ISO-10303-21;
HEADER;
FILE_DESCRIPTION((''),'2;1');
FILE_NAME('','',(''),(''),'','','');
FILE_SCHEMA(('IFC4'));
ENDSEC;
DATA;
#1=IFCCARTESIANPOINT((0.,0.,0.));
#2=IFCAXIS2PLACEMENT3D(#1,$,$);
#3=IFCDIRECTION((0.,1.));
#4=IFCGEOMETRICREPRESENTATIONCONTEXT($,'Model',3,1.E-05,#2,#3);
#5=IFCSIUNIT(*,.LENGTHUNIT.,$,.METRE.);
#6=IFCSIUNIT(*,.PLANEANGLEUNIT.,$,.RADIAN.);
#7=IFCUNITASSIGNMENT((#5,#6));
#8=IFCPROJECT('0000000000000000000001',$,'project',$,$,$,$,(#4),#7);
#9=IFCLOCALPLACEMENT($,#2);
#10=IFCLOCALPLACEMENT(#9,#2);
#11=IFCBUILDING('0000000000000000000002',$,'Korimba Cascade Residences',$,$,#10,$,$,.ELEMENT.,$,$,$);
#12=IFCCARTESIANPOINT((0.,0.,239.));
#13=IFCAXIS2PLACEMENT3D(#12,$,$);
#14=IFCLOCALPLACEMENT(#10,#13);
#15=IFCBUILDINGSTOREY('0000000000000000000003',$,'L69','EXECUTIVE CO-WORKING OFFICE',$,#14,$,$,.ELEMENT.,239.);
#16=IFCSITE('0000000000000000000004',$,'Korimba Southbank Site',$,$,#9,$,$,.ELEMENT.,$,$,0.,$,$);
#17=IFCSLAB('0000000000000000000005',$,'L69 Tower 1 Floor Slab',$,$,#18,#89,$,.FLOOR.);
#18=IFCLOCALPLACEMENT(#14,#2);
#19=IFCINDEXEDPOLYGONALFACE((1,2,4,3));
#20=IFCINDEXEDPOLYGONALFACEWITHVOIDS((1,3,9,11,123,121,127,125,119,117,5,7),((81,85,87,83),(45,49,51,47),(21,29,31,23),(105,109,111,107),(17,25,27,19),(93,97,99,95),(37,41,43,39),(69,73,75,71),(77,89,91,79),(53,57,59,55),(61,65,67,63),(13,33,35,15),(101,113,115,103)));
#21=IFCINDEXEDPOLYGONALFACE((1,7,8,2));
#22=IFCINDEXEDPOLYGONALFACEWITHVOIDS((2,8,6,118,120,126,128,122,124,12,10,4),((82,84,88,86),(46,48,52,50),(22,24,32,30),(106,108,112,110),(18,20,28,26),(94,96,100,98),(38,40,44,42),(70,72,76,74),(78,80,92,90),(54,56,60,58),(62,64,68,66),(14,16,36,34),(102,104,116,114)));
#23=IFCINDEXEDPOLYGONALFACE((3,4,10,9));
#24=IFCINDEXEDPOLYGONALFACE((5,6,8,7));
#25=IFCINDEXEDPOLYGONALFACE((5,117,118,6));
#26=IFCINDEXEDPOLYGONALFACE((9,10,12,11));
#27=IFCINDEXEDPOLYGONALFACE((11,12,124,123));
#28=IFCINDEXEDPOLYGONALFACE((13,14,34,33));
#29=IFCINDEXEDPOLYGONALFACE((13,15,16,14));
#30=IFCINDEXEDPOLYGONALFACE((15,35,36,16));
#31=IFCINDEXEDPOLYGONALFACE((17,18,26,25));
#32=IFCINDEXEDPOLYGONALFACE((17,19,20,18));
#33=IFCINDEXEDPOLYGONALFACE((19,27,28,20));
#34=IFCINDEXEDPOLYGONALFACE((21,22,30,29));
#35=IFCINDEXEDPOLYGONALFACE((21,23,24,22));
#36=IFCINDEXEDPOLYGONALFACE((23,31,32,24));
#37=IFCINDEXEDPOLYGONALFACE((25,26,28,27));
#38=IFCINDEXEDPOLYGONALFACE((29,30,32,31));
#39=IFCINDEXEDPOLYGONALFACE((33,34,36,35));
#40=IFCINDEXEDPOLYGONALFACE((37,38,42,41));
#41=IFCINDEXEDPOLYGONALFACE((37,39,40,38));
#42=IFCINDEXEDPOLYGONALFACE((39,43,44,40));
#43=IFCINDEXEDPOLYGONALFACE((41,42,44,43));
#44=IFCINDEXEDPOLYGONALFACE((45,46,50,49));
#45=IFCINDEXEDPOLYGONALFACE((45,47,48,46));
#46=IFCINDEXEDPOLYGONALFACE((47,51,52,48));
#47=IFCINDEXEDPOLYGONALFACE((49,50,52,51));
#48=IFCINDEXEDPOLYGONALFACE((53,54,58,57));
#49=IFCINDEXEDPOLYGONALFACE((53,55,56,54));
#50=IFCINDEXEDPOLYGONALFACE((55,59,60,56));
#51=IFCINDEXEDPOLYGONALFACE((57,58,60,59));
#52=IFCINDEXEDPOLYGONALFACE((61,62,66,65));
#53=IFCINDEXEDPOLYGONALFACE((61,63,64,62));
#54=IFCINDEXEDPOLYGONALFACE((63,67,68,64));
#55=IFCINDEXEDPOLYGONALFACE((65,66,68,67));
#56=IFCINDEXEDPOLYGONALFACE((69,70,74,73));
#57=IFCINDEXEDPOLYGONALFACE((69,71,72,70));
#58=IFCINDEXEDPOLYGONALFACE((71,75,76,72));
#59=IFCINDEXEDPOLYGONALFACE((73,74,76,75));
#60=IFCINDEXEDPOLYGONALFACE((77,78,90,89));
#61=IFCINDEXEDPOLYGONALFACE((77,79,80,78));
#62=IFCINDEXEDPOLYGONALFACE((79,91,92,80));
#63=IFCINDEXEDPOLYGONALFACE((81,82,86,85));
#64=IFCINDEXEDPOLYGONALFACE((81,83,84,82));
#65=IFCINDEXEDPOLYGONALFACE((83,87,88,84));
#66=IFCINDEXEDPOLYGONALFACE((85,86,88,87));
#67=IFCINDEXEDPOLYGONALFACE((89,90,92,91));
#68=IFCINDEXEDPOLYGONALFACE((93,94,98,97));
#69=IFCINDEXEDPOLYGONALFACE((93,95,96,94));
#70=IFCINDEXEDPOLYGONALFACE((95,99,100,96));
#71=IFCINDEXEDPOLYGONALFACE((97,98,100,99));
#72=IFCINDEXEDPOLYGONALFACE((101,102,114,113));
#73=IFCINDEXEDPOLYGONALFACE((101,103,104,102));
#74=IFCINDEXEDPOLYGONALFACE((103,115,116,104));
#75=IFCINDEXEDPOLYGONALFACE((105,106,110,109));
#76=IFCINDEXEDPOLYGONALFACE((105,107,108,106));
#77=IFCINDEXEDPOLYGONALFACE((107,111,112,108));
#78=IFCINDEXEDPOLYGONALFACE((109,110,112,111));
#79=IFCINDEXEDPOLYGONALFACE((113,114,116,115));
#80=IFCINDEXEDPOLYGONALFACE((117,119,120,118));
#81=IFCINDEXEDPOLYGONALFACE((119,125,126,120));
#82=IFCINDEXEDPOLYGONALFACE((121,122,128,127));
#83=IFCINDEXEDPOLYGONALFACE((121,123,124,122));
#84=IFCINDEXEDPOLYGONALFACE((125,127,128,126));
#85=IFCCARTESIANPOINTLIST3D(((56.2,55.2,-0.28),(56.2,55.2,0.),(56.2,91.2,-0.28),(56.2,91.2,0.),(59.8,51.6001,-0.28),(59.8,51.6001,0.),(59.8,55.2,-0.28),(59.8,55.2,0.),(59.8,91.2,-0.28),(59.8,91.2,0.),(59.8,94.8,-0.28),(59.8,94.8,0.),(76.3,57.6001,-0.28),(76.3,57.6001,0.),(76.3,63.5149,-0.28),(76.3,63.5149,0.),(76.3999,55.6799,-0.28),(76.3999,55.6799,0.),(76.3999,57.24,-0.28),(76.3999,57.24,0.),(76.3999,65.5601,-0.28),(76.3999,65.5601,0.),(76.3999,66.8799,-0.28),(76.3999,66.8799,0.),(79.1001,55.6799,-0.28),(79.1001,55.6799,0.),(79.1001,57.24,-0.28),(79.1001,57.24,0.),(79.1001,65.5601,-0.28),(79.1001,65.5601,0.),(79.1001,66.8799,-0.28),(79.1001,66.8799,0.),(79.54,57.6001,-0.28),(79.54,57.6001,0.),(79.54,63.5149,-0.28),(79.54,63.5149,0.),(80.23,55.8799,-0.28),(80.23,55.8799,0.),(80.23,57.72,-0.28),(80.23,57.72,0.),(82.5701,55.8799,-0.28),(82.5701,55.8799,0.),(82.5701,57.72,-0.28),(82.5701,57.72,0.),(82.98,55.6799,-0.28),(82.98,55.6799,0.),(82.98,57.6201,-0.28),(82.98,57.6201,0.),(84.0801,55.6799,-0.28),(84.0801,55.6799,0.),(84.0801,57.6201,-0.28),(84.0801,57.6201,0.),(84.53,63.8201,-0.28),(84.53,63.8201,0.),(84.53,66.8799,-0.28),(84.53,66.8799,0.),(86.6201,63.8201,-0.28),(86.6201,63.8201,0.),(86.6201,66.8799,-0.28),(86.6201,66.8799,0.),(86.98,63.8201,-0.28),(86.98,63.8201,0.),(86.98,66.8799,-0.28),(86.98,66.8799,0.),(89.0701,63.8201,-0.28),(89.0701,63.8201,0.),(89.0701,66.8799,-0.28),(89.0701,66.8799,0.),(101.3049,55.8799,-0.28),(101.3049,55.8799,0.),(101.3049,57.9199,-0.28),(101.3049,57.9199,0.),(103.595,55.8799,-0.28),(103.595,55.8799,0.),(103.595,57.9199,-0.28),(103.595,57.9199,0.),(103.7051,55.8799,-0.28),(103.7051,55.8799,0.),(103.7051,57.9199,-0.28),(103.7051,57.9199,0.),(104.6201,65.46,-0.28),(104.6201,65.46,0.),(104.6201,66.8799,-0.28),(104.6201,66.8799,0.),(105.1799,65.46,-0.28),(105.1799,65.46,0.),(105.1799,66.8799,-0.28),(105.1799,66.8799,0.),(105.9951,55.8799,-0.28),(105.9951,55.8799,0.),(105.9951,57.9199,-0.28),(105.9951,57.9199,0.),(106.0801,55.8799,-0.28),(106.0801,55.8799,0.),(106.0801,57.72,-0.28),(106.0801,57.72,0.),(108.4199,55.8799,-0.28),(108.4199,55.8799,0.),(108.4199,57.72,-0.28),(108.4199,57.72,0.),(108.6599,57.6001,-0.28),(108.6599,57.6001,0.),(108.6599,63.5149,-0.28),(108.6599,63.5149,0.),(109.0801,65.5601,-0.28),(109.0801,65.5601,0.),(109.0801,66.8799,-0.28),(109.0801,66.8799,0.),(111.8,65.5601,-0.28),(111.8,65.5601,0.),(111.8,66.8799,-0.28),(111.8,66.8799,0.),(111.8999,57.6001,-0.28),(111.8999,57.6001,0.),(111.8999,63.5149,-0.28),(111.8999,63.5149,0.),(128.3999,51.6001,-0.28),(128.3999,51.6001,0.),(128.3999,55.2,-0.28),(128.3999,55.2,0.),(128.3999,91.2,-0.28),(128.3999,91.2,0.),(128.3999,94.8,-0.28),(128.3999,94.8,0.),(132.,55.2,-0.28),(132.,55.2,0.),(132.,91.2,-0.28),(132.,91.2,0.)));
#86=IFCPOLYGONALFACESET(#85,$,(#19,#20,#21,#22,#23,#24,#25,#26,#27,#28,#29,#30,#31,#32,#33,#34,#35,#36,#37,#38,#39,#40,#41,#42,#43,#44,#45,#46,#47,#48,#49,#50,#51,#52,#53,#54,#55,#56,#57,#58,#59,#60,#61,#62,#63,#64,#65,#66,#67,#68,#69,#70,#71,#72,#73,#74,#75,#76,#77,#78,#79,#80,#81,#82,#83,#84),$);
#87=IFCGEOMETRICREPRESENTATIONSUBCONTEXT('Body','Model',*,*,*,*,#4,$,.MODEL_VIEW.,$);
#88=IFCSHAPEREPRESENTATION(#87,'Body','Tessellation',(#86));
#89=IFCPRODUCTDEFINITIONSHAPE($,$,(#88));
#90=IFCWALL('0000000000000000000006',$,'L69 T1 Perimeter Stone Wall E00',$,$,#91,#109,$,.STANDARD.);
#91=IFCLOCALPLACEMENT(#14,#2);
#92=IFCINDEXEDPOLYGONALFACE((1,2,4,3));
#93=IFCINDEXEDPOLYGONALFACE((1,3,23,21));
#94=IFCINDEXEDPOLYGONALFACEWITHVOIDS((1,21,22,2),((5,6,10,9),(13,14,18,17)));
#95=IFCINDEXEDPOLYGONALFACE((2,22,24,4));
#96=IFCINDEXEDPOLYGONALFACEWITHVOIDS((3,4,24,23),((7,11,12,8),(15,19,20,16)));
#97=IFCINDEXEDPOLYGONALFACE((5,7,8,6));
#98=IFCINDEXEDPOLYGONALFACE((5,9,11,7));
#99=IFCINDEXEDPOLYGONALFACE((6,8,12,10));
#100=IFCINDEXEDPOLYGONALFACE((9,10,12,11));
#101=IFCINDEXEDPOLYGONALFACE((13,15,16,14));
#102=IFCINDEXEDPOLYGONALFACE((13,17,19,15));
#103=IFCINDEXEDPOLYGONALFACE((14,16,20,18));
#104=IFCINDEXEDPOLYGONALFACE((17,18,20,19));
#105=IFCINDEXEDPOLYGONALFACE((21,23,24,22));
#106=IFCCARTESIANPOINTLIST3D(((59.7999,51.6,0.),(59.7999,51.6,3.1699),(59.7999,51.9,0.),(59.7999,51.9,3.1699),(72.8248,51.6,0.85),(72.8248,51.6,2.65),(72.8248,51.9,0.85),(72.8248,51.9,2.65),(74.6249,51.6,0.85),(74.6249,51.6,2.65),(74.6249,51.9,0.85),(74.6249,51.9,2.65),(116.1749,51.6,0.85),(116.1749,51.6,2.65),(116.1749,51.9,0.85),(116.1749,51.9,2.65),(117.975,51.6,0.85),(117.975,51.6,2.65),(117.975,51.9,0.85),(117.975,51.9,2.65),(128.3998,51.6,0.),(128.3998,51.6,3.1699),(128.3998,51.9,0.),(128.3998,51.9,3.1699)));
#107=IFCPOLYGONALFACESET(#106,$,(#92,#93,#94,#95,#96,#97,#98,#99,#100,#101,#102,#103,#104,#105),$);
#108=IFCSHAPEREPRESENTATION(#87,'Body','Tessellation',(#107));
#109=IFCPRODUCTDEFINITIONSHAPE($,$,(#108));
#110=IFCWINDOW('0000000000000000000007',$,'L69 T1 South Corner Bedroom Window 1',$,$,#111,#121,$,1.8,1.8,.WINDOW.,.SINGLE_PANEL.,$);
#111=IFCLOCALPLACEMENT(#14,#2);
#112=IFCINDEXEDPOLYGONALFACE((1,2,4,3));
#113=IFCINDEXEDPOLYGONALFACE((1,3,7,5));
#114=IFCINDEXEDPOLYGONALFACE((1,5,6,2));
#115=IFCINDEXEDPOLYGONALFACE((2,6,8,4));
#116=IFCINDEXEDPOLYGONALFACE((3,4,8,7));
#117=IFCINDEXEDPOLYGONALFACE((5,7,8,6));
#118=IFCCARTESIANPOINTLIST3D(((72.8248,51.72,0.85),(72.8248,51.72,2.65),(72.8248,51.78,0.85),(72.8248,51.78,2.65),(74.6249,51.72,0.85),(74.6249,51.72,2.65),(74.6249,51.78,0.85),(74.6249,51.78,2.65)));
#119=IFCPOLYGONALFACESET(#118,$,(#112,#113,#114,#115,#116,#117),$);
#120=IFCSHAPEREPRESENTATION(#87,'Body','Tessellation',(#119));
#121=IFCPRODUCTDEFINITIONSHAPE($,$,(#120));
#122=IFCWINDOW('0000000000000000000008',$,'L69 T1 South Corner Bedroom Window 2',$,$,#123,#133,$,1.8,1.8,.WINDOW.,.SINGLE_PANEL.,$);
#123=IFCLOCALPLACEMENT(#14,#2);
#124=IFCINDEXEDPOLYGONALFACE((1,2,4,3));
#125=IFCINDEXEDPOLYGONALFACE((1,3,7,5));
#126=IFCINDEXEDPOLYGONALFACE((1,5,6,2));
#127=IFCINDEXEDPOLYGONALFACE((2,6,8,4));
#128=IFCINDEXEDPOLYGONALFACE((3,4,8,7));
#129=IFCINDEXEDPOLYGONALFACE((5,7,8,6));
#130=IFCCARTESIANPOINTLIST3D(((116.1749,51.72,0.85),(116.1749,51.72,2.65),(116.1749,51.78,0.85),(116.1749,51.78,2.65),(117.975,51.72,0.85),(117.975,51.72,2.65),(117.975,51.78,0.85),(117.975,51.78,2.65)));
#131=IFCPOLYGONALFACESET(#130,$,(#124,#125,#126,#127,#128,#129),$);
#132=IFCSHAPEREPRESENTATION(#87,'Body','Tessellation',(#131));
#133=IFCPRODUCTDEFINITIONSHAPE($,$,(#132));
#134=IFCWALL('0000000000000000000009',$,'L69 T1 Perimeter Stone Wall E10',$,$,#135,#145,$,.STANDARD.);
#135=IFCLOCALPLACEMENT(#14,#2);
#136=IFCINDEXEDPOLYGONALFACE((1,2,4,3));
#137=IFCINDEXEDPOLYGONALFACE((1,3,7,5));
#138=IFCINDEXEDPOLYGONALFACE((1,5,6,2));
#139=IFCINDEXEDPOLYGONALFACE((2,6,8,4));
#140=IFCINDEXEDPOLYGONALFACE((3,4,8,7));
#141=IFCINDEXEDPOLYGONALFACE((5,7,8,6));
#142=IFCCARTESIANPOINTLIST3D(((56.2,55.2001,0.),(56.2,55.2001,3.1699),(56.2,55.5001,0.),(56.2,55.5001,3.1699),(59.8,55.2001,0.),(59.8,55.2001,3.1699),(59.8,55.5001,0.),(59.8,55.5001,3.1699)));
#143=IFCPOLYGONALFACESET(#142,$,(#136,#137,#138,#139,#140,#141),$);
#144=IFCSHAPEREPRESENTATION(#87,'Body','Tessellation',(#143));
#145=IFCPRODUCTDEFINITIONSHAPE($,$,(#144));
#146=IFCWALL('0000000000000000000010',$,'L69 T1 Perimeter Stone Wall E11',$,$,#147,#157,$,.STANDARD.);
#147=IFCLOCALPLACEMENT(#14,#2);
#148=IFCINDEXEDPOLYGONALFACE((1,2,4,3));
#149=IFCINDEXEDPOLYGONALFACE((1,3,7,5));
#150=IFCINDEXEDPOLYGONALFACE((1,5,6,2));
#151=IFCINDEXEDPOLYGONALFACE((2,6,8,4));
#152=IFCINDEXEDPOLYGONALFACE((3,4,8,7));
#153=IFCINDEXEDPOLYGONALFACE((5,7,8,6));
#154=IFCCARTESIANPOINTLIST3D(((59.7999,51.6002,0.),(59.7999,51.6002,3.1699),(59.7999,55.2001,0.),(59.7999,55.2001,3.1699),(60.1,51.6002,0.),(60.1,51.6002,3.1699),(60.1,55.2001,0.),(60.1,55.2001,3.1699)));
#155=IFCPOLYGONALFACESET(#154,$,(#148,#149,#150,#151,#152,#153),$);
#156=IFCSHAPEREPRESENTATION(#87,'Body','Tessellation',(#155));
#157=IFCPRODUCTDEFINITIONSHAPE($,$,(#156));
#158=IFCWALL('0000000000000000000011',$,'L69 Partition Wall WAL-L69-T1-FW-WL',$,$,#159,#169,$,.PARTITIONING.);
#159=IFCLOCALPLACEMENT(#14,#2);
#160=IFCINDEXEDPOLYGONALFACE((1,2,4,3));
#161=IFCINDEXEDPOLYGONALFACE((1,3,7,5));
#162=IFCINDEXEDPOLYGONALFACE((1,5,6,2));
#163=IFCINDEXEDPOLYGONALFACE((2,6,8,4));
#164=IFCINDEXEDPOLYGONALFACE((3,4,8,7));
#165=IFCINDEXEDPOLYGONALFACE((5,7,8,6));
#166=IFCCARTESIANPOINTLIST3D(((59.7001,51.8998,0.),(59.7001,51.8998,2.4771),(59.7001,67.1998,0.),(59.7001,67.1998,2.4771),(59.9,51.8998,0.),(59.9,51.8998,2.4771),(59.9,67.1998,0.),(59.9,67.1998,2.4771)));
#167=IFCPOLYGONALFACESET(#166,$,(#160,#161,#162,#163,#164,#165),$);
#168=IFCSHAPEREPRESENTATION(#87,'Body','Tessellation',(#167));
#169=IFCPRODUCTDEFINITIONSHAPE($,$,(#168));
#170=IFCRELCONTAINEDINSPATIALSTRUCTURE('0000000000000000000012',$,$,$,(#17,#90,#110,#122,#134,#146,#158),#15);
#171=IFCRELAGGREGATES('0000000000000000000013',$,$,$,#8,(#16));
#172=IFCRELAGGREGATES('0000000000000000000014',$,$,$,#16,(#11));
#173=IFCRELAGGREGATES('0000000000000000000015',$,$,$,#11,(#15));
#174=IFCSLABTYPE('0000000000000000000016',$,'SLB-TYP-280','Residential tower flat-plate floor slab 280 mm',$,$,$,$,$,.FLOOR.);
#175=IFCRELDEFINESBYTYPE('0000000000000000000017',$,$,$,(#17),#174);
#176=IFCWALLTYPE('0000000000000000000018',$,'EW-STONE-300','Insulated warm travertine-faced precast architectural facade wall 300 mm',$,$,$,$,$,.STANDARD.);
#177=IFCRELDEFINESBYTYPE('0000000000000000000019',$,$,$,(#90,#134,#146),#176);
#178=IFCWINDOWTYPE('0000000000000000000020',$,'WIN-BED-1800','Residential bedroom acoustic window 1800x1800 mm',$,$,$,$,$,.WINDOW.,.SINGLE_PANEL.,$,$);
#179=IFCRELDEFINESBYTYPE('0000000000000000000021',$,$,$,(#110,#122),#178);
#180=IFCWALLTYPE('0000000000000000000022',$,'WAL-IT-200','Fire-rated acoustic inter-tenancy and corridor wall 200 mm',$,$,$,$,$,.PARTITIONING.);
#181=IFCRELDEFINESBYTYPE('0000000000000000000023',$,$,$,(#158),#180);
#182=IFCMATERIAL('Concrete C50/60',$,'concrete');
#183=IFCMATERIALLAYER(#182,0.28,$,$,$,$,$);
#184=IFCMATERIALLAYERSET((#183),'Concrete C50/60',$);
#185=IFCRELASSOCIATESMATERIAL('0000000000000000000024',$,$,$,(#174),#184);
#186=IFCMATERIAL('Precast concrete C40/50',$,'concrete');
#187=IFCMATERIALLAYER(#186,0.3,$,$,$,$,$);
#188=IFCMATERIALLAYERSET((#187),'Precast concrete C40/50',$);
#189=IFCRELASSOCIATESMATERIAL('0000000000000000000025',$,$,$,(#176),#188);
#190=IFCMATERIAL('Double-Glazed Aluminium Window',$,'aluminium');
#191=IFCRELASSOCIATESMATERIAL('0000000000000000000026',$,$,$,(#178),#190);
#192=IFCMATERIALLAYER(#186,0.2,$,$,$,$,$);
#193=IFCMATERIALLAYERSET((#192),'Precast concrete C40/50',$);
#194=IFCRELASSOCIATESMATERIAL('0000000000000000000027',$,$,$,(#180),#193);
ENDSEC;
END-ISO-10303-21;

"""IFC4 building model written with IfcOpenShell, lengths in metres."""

from ifc_helpers import new_model, si_unit, direction, frame, frame_2d, origin, place, context, subcontext, project, spatial, polyline, rectangle, outline, extrude, material, layer, layer_set, type_object, element, fill, save


model = new_model("IFC4")

# Units and contexts
model_context = context("Model", 3, precision=1e-05, world=origin(), true_north=direction((0.0, 1.0)))
body_context = subcontext(model_context, "Body", "Model", "MODEL_VIEW")
ifc_project = project(units=[si_unit("LENGTHUNIT", "METRE"), si_unit("PLANEANGLEUNIT", "RADIAN")], contexts=[model_context])

# Site, building, storey
site_placement = place(None, origin())
site = spatial("IfcSite", under=ifc_project, at=site_placement, Name="Korimba Southbank Site", CompositionType="ELEMENT", RefElevation=0.0)
building_placement = place(site_placement, origin())
building = spatial("IfcBuilding", under=site, at=building_placement, Name="Korimba Cascade Residences", CompositionType="ELEMENT")
storey_placement = place(building_placement, frame((0.0, 0.0, 239.0)))
storey = spatial("IfcBuildingStorey", under=building, at=storey_placement, Name="L69", Description="EXECUTIVE CO-WORKING OFFICE", CompositionType="ELEMENT", Elevation=239.0)

# Shared definitions
ifc_material_1 = material(Name="Concrete C50/60", Category="concrete")

# Slab
ifc_material_2 = material(Name="Precast concrete C40/50", Category="concrete")
ifc_layer_1 = layer(ifc_material_1, 0.28)
ifc_layer_set_1 = layer_set([ifc_layer_1], Name="Concrete C50/60")
slab_type_1 = type_object("IfcSlabType", Name="SLB-TYP-280", Description="Residential tower flat-plate floor slab 280 mm", PredefinedType="FLOOR", material=ifc_layer_set_1)
slab_1_placement = place(storey_placement, frame((0.0, 0.0, -0.28)))
element("IfcSlab", 1, at=slab_1_placement, inside=storey, type_object=slab_type_1, Name="L69 Tower 1 Floor Slab", PredefinedType="FLOOR", context=body_context, shape_type="SweptSolid", body=[
    extrude(outline(polyline([(59.8, 51.6001), (128.3999, 51.6001), (128.3999, 55.2), (132.0, 55.2), (132.0, 91.2), (128.3999, 91.2), (128.3999, 94.8), (59.8, 94.8), (59.8, 91.2), (56.2, 91.2), (56.2, 55.2), (59.8, 55.2), (59.8, 51.6001)]), holes=[polyline([(76.3, 63.5149), (76.3, 57.6001), (79.54, 57.6001), (79.54, 63.5149), (76.3, 63.5149)]), polyline([(108.6599, 63.5149), (108.6599, 57.6001), (111.8999, 57.6001), (111.8999, 63.5149), (108.6599, 63.5149)]), polyline([(80.23, 55.8799), (82.5701, 55.8799), (82.5701, 57.72), (80.23, 57.72), (80.23, 55.8799)]), polyline([(106.0801, 55.8799), (108.4199, 55.8799), (108.4199, 57.72), (106.0801, 57.72), (106.0801, 55.8799)]), polyline([(101.3049, 55.8799), (103.595, 55.8799), (103.595, 57.9199), (101.3049, 57.9199), (101.3049, 55.8799)]), polyline([(103.7051, 55.8799), (105.9951, 55.8799), (105.9951, 57.9199), (103.7051, 57.9199), (103.7051, 55.8799)]), polyline([(82.98, 55.6799), (84.0801, 55.6799), (84.0801, 57.6201), (82.98, 57.6201), (82.98, 55.6799)]), polyline([(76.3999, 65.5601), (79.1001, 65.5601), (79.1001, 66.8799), (76.3999, 66.8799), (76.3999, 65.5601)]), polyline([(76.3999, 55.6799), (79.1001, 55.6799), (79.1001, 57.24), (76.3999, 57.24), (76.3999, 55.6799)]), polyline([(84.53, 63.8201), (86.6201, 63.8201), (86.6201, 66.8799), (84.53, 66.8799), (84.53, 63.8201)]), polyline([(86.98, 63.8201), (89.0701, 63.8201), (89.0701, 66.8799), (86.98, 66.8799), (86.98, 63.8201)]), polyline([(104.6201, 65.46), (105.1799, 65.46), (105.1799, 66.8799), (104.6201, 66.8799), (104.6201, 65.46)]), polyline([(109.0801, 65.5601), (111.8, 65.5601), (111.8, 66.8799), (109.0801, 66.8799), (109.0801, 65.5601)])]), origin(), (0.0, 0.0, 1.0), 0.28),
])

# Wall, openings, windows
ifc_layer_2 = layer(ifc_material_2, 0.3)
ifc_layer_set_2 = layer_set([ifc_layer_2], Name="Precast concrete C40/50")
wall_type_1 = type_object("IfcWallType", Name="EW-STONE-300", Description="Insulated warm travertine-faced precast architectural facade wall 300 mm", PredefinedType="STANDARD", material=ifc_layer_set_2)
wall_1_placement = place(storey_placement, frame((59.8, 51.75, 0.0), z_axis=(0.0, 0.0, 1.0), x_axis=(1.0, 0.0, 0.0)))
wall_1 = element("IfcWall", 2, at=wall_1_placement, inside=storey, type_object=wall_type_1, Name="L69 T1 Perimeter Stone Wall E00", PredefinedType="STANDARD", context=body_context, shape_type="SweptSolid", body=[
    extrude(rectangle(XDim=68.5999, YDim=0.3, at=frame_2d((34.2998, 0.0))), origin(), (0.0, 0.0, 1.0), 3.1699),
])
opening_1_placement = place(wall_1_placement, frame((13.0249, 0.0, 0.8501)))
opening_1 = element("IfcOpeningElement", 3, at=opening_1_placement, cuts=wall_1, PredefinedType="OPENING", context=body_context, shape_type="SweptSolid", body=[
    extrude(rectangle(XDim=1.8, YDim=1.8, at=frame_2d((0.8999, 0.8999))), frame((0.0, 0.1602, 0.0), z_axis=(0.0, -1.0, 0.0), x_axis=(1.0, 0.0, 0.0)), (0.0, 0.0, 1.0), 0.3201),
])
opening_2_placement = place(wall_1_placement, frame((56.375, 0.0, 0.8501)))
opening_2 = element("IfcOpeningElement", 4, at=opening_2_placement, cuts=wall_1, PredefinedType="OPENING", context=body_context, shape_type="SweptSolid", body=[
    extrude(rectangle(XDim=1.8, YDim=1.8, at=frame_2d((0.8999, 0.8999))), frame((0.0, 0.1602, 0.0), z_axis=(0.0, -1.0, 0.0), x_axis=(1.0, 0.0, 0.0)), (0.0, 0.0, 1.0), 0.3201),
])
ifc_material_3 = material(Name="Double-Glazed Aluminium Window", Category="aluminium")
window_type = type_object("IfcWindowType", Name="WIN-BED-1800", Description="Residential bedroom acoustic window 1800x1800 mm", PartitioningType="SINGLE_PANEL", PredefinedType="WINDOW", material=ifc_material_3)
window_1_placement = place(opening_1_placement, origin())
window_1 = element("IfcWindow", 5, at=window_1_placement, inside=storey, type_object=window_type, Name="L69 T1 South Corner Bedroom Window 1", OverallHeight=1.8, OverallWidth=1.8, PartitioningType="SINGLE_PANEL", PredefinedType="WINDOW", context=body_context, shape_type="SweptSolid", body=[
    extrude(rectangle(XDim=1.8, YDim=1.8, at=frame_2d((0.8999, 0.8999))), frame((0.0, 0.03, 0.0), z_axis=(0.0, -1.0, 0.0), x_axis=(1.0, 0.0, 0.0)), (0.0, 0.0, 1.0), 0.0601),
])
fill(opening_1, window_1)
window_2_placement = place(opening_2_placement, origin())
window_2 = element("IfcWindow", 6, at=window_2_placement, inside=storey, type_object=window_type, Name="L69 T1 South Corner Bedroom Window 2", OverallHeight=1.8, OverallWidth=1.8, PartitioningType="SINGLE_PANEL", PredefinedType="WINDOW", context=body_context, shape_type="SweptSolid", body=[
    extrude(rectangle(XDim=1.8, YDim=1.8, at=frame_2d((0.8999, 0.8999))), frame((0.0, 0.03, 0.0), z_axis=(0.0, -1.0, 0.0), x_axis=(1.0, 0.0, 0.0)), (0.0, 0.0, 1.0), 0.0601),
])
fill(opening_2, window_2)

# Walls
wall_2_placement = place(storey_placement, frame((56.2, 55.3501, 0.0), z_axis=(0.0, 0.0, 1.0), x_axis=(1.0, 0.0, 0.0)))
element("IfcWall", 7, at=wall_2_placement, inside=storey, type_object=wall_type_1, Name="L69 T1 Perimeter Stone Wall E10", PredefinedType="STANDARD", context=body_context, shape_type="SweptSolid", body=[
    extrude(rectangle(XDim=3.6001, YDim=0.3, at=frame_2d((1.8, 0.0))), origin(), (0.0, 0.0, 1.0), 3.1699),
])
wall_3_placement = place(storey_placement, frame((59.95, 55.2, 0.0), z_axis=(0.0, 0.0, 1.0), x_axis=(0.0, -1.0, 0.0)))
element("IfcWall", 8, at=wall_3_placement, inside=storey, type_object=wall_type_1, Name="L69 T1 Perimeter Stone Wall E11", PredefinedType="STANDARD", context=body_context, shape_type="SweptSolid", body=[
    extrude(rectangle(XDim=3.5999, YDim=0.3, at=frame_2d((1.7998, 0.0))), origin(), (0.0, 0.0, 1.0), 3.1699),
])
ifc_layer_3 = layer(ifc_material_2, 0.2)
ifc_layer_set_3 = layer_set([ifc_layer_3], Name="Precast concrete C40/50")
wall_type_2 = type_object("IfcWallType", Name="WAL-IT-200", Description="Fire-rated acoustic inter-tenancy and corridor wall 200 mm", PredefinedType="PARTITIONING", material=ifc_layer_set_3)
wall_4_placement = place(storey_placement, frame((59.8, 51.8999, 0.0), z_axis=(0.0, 0.0, 1.0), x_axis=(0.0, 1.0, 0.0)))
element("IfcWall", 9, at=wall_4_placement, inside=storey, type_object=wall_type_2, Name="L69 Partition Wall WAL-L69-T1-FW-WL", PredefinedType="PARTITIONING", context=body_context, shape_type="SweptSolid", body=[
    extrude(rectangle(XDim=15.3, YDim=0.2, at=frame_2d((7.6499, 0.0))), origin(), (0.0, 0.0, 1.0), 2.4771),
])

save(model, "model.ifc")
